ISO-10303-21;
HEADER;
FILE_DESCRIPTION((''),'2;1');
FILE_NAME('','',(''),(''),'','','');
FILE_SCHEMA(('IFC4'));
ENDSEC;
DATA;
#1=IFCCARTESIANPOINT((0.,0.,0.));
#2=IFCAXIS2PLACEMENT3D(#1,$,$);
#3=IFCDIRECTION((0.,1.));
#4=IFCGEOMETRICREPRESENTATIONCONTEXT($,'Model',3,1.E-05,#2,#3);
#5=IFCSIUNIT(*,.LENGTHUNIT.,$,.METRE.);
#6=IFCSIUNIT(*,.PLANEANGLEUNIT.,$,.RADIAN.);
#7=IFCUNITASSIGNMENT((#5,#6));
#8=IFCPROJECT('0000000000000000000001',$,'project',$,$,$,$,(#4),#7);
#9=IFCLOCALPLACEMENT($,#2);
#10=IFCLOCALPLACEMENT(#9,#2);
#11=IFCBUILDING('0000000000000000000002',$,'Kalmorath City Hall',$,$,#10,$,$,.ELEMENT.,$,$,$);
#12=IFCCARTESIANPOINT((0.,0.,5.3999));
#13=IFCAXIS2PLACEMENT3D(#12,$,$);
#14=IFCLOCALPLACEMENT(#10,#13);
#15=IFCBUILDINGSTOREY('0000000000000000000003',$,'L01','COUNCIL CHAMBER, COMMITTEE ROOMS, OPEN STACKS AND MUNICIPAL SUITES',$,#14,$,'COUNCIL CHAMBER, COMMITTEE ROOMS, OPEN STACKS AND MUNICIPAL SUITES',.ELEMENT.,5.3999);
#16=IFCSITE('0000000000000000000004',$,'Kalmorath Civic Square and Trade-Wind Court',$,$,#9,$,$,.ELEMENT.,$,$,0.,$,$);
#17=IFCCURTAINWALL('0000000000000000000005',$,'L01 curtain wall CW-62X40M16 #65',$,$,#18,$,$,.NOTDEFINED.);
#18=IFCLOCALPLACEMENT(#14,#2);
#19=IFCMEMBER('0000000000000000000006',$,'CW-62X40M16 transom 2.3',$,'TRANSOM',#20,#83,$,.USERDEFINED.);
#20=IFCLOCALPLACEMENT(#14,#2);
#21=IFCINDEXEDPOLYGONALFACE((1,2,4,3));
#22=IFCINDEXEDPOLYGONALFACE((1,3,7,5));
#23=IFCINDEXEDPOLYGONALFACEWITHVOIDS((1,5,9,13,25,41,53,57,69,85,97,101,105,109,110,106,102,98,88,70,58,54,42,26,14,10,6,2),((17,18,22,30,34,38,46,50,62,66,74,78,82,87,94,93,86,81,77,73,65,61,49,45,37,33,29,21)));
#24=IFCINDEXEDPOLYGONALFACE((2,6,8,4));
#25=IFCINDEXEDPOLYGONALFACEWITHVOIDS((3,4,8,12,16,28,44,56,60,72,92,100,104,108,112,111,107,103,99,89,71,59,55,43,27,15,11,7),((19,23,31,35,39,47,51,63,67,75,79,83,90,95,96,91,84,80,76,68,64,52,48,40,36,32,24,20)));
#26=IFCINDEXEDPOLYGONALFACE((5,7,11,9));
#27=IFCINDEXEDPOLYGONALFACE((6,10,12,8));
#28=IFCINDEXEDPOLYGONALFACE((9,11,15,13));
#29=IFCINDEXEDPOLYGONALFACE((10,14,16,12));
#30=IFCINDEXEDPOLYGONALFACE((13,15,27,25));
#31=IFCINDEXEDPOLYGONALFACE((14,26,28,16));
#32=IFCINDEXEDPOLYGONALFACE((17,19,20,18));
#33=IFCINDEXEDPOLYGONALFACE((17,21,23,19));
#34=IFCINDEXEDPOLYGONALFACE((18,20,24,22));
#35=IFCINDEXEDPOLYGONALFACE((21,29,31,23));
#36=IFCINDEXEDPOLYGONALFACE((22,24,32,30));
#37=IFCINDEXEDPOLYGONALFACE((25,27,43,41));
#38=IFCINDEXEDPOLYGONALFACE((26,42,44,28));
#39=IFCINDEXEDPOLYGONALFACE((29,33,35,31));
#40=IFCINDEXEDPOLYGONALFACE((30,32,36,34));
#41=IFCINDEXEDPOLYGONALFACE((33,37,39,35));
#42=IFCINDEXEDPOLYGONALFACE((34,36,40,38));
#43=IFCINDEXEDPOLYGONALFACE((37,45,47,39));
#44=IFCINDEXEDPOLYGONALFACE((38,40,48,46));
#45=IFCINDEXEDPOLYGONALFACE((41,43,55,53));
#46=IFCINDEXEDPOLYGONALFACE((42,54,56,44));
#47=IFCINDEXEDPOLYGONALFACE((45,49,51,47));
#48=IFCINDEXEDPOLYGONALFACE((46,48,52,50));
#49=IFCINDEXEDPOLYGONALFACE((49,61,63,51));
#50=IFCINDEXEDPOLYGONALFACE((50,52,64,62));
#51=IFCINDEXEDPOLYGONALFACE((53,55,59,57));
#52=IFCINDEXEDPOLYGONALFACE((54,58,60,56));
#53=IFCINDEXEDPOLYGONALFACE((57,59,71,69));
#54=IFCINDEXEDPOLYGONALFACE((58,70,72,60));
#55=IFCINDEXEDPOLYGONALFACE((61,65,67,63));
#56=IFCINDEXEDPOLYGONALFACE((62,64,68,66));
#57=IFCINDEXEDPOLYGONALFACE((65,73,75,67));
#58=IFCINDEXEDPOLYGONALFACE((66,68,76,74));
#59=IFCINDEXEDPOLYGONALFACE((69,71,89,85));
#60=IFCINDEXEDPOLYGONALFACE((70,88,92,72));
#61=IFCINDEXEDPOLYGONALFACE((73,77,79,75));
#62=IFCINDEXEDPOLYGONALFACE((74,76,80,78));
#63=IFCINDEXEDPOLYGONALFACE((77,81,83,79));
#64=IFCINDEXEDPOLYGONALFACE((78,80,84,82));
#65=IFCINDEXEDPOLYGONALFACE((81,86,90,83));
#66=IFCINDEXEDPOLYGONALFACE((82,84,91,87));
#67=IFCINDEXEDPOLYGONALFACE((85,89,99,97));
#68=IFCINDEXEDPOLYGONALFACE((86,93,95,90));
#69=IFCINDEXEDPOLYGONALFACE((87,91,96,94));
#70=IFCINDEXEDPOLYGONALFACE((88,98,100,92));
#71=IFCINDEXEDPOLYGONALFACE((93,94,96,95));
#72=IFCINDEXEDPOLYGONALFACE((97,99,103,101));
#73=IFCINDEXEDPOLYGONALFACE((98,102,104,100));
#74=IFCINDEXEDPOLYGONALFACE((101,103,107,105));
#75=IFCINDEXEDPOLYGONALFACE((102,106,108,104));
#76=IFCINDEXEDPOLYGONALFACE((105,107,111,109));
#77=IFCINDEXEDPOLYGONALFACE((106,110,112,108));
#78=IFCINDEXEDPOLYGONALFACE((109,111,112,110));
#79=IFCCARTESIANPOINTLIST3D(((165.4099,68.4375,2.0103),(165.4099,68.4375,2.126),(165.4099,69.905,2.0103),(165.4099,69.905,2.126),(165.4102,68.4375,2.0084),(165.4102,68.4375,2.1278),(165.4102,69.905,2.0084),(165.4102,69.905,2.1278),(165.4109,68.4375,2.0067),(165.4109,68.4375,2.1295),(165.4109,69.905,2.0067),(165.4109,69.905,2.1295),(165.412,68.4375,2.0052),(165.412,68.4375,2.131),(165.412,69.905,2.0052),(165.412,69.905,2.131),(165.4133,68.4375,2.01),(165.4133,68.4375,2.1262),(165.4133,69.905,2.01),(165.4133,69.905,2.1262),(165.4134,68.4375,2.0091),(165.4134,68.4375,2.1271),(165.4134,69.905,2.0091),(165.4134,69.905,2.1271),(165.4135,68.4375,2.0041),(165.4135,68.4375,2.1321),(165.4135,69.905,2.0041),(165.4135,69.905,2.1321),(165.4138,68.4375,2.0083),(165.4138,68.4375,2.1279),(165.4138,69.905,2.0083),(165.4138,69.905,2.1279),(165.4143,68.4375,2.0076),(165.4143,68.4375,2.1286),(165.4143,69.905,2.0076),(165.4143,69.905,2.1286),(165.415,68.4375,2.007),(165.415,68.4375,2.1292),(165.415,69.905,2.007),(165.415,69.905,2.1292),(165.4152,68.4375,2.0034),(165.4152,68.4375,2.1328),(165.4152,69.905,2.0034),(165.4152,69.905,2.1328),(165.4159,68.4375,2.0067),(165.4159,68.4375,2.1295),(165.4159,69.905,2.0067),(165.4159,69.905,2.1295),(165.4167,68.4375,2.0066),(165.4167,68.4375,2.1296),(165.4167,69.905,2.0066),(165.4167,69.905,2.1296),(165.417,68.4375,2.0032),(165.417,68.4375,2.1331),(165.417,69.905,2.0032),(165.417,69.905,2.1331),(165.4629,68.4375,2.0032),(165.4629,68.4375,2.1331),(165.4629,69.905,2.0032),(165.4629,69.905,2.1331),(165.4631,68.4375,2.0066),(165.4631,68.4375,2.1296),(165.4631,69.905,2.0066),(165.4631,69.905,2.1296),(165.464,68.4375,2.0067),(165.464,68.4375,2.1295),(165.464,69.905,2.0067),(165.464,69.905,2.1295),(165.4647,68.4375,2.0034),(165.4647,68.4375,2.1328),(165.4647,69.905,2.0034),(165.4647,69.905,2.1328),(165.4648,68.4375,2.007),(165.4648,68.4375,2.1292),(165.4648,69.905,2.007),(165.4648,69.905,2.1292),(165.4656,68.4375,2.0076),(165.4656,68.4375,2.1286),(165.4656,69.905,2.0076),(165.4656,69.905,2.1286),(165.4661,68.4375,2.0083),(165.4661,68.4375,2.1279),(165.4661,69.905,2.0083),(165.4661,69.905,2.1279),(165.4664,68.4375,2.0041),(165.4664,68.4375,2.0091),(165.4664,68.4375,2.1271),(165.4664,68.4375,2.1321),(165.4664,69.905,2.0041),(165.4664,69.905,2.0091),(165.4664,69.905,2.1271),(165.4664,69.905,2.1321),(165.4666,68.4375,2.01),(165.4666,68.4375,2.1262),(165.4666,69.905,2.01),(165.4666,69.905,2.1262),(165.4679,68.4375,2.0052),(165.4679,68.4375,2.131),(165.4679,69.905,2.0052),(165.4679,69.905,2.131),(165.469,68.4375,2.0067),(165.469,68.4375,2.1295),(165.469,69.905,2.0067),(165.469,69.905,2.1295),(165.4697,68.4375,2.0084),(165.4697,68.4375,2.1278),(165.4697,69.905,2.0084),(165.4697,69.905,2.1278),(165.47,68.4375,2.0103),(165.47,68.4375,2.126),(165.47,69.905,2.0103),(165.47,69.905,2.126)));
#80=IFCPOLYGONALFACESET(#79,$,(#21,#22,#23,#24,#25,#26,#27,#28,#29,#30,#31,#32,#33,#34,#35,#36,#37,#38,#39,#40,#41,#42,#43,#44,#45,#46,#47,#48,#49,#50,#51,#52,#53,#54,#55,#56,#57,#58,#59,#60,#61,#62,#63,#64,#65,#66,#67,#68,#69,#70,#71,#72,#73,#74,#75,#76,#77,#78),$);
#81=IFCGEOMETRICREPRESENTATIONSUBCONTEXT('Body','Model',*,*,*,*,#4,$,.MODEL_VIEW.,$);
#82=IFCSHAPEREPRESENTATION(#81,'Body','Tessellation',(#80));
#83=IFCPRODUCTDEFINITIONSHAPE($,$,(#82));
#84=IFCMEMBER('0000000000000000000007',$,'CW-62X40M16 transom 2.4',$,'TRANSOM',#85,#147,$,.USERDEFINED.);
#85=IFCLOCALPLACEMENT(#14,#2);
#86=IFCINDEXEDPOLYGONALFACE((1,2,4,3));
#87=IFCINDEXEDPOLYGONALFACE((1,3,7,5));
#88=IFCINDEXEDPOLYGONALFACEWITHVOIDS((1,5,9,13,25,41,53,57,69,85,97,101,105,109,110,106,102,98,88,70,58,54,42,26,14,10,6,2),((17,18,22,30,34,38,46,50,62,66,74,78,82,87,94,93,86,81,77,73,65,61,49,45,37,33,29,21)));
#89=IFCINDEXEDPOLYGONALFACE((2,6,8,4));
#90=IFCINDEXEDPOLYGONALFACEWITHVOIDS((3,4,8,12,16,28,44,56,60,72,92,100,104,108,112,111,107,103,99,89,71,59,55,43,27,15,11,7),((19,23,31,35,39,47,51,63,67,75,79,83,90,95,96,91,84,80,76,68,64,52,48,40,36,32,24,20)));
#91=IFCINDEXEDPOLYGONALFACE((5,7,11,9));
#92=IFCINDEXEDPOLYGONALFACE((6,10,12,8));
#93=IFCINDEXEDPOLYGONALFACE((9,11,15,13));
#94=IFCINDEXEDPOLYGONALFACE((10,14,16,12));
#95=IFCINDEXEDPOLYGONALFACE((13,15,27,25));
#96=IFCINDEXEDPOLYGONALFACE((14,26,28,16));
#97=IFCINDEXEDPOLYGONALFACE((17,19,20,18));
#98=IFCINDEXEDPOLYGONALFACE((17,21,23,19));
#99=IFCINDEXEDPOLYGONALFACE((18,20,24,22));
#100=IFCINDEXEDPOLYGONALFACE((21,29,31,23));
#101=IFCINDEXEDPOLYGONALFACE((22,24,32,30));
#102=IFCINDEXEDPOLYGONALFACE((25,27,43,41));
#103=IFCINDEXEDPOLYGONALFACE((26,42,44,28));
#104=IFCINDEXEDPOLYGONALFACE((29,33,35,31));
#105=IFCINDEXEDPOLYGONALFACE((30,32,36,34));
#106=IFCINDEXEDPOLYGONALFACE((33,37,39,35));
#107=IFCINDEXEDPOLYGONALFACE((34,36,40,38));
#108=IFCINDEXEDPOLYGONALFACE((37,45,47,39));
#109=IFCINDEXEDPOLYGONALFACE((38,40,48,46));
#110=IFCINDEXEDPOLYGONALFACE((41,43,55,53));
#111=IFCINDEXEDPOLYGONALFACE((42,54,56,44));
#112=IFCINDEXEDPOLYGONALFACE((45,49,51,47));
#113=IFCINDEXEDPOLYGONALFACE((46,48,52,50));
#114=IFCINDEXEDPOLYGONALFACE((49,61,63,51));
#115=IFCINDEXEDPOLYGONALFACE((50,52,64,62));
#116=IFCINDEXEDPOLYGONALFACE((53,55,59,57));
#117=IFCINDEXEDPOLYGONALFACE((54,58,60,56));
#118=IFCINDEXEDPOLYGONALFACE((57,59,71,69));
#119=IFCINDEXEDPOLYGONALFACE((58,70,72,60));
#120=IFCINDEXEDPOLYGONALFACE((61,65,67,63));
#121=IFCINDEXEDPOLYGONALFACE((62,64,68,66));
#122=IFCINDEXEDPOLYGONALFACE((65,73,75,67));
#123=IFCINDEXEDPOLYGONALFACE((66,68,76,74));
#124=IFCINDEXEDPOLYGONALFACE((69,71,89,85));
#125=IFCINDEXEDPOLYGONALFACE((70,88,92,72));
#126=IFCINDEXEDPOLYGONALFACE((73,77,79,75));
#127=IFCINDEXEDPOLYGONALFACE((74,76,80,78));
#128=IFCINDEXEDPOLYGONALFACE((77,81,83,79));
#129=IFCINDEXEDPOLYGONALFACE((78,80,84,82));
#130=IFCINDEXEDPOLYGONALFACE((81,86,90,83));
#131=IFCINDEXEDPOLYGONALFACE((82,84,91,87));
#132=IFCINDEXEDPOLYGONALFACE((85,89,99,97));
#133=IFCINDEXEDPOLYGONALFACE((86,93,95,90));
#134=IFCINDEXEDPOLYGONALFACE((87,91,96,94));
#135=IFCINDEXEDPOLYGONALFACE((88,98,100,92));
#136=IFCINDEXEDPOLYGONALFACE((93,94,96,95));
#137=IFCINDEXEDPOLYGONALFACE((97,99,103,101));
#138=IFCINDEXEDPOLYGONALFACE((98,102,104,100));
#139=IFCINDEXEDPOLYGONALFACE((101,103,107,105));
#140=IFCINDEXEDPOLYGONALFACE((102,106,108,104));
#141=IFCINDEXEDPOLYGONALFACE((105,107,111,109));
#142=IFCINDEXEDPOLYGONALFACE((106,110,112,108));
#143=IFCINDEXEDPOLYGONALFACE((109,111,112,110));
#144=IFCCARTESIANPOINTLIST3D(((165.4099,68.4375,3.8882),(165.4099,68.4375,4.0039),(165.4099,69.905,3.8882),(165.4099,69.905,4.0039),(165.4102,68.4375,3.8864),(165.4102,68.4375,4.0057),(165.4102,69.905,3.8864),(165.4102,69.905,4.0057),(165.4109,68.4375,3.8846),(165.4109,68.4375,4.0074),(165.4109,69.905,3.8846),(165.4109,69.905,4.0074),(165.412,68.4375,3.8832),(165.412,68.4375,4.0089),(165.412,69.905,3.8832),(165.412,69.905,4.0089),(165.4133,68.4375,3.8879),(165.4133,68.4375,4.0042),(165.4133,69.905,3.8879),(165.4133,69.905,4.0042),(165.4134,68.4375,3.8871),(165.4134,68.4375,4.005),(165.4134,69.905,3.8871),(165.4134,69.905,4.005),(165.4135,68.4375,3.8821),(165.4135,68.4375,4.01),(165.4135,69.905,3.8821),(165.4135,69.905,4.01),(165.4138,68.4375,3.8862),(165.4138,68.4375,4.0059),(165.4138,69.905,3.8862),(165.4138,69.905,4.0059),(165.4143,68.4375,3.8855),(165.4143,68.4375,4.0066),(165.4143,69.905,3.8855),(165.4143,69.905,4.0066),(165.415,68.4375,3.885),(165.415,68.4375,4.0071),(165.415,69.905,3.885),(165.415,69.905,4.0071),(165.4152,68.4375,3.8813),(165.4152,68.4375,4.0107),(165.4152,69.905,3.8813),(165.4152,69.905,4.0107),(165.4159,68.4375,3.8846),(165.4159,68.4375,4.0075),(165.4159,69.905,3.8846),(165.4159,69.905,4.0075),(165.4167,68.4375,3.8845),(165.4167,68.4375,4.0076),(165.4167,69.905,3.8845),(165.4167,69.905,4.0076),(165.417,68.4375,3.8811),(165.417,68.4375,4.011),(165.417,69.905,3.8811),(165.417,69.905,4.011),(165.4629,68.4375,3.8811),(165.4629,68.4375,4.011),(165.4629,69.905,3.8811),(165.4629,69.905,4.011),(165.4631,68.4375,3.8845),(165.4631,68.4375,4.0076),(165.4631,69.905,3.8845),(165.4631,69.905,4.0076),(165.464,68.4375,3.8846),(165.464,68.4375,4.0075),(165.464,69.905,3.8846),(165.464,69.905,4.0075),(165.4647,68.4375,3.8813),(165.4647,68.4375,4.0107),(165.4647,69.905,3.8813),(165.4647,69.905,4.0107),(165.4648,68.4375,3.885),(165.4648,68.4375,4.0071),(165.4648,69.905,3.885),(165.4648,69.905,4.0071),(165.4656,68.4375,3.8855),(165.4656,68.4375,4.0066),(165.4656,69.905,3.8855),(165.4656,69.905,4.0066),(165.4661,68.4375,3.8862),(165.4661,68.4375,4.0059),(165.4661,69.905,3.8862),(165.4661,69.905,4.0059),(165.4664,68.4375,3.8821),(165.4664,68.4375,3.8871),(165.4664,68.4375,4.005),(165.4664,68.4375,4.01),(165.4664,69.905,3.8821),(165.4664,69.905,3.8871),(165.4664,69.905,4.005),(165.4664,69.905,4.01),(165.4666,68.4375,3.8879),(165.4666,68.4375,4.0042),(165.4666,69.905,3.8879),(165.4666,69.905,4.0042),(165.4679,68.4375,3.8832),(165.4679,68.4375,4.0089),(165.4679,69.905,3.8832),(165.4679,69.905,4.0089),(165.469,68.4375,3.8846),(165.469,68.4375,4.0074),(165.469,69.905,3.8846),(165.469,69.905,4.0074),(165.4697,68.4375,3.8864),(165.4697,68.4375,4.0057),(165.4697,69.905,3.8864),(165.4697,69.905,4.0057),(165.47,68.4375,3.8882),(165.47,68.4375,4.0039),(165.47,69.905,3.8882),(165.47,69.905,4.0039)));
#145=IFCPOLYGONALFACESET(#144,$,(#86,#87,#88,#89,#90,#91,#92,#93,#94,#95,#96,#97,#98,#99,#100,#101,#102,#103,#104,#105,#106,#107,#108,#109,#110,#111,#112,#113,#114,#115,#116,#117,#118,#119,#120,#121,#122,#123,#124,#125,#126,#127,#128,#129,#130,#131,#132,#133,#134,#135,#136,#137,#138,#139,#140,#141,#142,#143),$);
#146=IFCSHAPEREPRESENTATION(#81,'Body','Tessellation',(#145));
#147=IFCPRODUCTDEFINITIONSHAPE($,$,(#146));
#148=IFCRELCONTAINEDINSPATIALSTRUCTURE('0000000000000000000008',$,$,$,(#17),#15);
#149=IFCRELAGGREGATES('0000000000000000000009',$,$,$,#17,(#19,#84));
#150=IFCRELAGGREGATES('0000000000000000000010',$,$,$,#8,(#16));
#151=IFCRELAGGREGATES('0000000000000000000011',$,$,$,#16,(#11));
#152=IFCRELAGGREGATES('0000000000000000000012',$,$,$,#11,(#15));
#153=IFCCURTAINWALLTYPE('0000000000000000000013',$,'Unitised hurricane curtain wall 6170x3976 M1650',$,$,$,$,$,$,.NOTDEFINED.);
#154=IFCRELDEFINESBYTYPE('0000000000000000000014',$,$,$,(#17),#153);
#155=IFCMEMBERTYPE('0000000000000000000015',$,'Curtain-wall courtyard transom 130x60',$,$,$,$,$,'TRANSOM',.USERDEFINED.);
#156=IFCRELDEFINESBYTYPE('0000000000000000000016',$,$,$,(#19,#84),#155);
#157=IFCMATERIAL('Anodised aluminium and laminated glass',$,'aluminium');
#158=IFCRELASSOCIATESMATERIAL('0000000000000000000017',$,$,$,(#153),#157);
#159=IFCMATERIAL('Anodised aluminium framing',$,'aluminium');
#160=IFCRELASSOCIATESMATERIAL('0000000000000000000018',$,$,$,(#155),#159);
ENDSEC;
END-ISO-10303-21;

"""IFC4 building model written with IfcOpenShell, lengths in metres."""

from ifc_helpers import new_model, si_unit, direction, frame, origin, origin_2d, place, context, subcontext, project, spatial, hollow_rectangle, extrude, material, material_profile, profile_set, type_object, element, aggregate, save


model = new_model("IFC4")

# Units and contexts
model_context = context("Model", 3, precision=1e-05, world=origin(), true_north=direction((0.0, 1.0)))
body_context = subcontext(model_context, "Body", "Model", "MODEL_VIEW")
ifc_project = project(units=[si_unit("LENGTHUNIT", "METRE"), si_unit("PLANEANGLEUNIT", "RADIAN")], contexts=[model_context])

# Site, building, storey
site_placement = place(None, origin())
site = spatial("IfcSite", under=ifc_project, at=site_placement, Name="Kalmorath Civic Square and Trade-Wind Court", CompositionType="ELEMENT", RefElevation=0.0)
building_placement = place(site_placement, origin())
building = spatial("IfcBuilding", under=site, at=building_placement, Name="Kalmorath City Hall", CompositionType="ELEMENT")
storey_placement = place(building_placement, frame((0.0, 0.0, 5.3999)))
storey = spatial("IfcBuildingStorey", under=building, at=storey_placement, Name="L01", Description="COUNCIL CHAMBER, COMMITTEE ROOMS, OPEN STACKS AND MUNICIPAL SUITES", LongName="COUNCIL CHAMBER, COMMITTEE ROOMS, OPEN STACKS AND MUNICIPAL SUITES", CompositionType="ELEMENT", Elevation=5.3999)

# Curtain wall, members
ifc_material_1 = material(Name="Anodised aluminium and laminated glass", Category="aluminium")
curtain_wall_type = type_object("IfcCurtainWallType", Name="Unitised hurricane curtain wall 6170x3976 M1650", PredefinedType="NOTDEFINED", material=ifc_material_1)
curtain_wall_placement = place(storey_placement, origin())
curtain_wall = element("IfcCurtainWall", 1, at=curtain_wall_placement, inside=storey, type_object=curtain_wall_type, Name="L01 curtain wall CW-62X40M16 #65", PredefinedType="NOTDEFINED")
ifc_material_2 = material(Name="Anodised aluminium framing", Category="aluminium")
ifc_material_profile_1 = material_profile(ifc_material_2, hollow_rectangle(XDim=0.0601, YDim=0.1299, WallThickness=0.0034, InnerFilletRadius=0.0034, OuterFilletRadius=0.0071, at=origin_2d()), Name="ALU-TRN-130X60X3.5")
ifc_profile_set_1 = profile_set([ifc_material_profile_1], Name="Anodised aluminium framing")
member_type_1 = type_object("IfcMemberType", Name="Curtain-wall courtyard transom 130x60", ElementType="TRANSOM", PredefinedType="USERDEFINED", material=ifc_profile_set_1)
member_1_placement = place(storey_placement, frame((165.4399, 69.905, 2.0681), z_axis=(0.0, -1.0, 0.0), x_axis=(1.0, 0.0, 0.0)))
member_1 = element("IfcMember", 2, at=member_1_placement, type_object=member_type_1, Name="CW-62X40M16 transom 2.3", ObjectType="TRANSOM", PredefinedType="USERDEFINED", context=body_context, shape_type="SweptSolid", body=[
    extrude(hollow_rectangle(XDim=0.0601, YDim=0.1299, WallThickness=0.0034, InnerFilletRadius=0.0034, OuterFilletRadius=0.0071, at=origin_2d()), origin(), (0.0, 0.0, 1.0), 1.4675),
])
member_2_placement = place(storey_placement, frame((165.4399, 69.905, 3.946), z_axis=(0.0, -1.0, 0.0), x_axis=(1.0, 0.0, 0.0)))
member_2 = element("IfcMember", 3, at=member_2_placement, type_object=member_type_1, Name="CW-62X40M16 transom 2.4", ObjectType="TRANSOM", PredefinedType="USERDEFINED", context=body_context, shape_type="SweptSolid", body=[
    extrude(hollow_rectangle(XDim=0.0601, YDim=0.1299, WallThickness=0.0034, InnerFilletRadius=0.0034, OuterFilletRadius=0.0071, at=origin_2d()), origin(), (0.0, 0.0, 1.0), 1.4675),
])

aggregate(curtain_wall, [member_1, member_2])

save(model, "model.ifc")
